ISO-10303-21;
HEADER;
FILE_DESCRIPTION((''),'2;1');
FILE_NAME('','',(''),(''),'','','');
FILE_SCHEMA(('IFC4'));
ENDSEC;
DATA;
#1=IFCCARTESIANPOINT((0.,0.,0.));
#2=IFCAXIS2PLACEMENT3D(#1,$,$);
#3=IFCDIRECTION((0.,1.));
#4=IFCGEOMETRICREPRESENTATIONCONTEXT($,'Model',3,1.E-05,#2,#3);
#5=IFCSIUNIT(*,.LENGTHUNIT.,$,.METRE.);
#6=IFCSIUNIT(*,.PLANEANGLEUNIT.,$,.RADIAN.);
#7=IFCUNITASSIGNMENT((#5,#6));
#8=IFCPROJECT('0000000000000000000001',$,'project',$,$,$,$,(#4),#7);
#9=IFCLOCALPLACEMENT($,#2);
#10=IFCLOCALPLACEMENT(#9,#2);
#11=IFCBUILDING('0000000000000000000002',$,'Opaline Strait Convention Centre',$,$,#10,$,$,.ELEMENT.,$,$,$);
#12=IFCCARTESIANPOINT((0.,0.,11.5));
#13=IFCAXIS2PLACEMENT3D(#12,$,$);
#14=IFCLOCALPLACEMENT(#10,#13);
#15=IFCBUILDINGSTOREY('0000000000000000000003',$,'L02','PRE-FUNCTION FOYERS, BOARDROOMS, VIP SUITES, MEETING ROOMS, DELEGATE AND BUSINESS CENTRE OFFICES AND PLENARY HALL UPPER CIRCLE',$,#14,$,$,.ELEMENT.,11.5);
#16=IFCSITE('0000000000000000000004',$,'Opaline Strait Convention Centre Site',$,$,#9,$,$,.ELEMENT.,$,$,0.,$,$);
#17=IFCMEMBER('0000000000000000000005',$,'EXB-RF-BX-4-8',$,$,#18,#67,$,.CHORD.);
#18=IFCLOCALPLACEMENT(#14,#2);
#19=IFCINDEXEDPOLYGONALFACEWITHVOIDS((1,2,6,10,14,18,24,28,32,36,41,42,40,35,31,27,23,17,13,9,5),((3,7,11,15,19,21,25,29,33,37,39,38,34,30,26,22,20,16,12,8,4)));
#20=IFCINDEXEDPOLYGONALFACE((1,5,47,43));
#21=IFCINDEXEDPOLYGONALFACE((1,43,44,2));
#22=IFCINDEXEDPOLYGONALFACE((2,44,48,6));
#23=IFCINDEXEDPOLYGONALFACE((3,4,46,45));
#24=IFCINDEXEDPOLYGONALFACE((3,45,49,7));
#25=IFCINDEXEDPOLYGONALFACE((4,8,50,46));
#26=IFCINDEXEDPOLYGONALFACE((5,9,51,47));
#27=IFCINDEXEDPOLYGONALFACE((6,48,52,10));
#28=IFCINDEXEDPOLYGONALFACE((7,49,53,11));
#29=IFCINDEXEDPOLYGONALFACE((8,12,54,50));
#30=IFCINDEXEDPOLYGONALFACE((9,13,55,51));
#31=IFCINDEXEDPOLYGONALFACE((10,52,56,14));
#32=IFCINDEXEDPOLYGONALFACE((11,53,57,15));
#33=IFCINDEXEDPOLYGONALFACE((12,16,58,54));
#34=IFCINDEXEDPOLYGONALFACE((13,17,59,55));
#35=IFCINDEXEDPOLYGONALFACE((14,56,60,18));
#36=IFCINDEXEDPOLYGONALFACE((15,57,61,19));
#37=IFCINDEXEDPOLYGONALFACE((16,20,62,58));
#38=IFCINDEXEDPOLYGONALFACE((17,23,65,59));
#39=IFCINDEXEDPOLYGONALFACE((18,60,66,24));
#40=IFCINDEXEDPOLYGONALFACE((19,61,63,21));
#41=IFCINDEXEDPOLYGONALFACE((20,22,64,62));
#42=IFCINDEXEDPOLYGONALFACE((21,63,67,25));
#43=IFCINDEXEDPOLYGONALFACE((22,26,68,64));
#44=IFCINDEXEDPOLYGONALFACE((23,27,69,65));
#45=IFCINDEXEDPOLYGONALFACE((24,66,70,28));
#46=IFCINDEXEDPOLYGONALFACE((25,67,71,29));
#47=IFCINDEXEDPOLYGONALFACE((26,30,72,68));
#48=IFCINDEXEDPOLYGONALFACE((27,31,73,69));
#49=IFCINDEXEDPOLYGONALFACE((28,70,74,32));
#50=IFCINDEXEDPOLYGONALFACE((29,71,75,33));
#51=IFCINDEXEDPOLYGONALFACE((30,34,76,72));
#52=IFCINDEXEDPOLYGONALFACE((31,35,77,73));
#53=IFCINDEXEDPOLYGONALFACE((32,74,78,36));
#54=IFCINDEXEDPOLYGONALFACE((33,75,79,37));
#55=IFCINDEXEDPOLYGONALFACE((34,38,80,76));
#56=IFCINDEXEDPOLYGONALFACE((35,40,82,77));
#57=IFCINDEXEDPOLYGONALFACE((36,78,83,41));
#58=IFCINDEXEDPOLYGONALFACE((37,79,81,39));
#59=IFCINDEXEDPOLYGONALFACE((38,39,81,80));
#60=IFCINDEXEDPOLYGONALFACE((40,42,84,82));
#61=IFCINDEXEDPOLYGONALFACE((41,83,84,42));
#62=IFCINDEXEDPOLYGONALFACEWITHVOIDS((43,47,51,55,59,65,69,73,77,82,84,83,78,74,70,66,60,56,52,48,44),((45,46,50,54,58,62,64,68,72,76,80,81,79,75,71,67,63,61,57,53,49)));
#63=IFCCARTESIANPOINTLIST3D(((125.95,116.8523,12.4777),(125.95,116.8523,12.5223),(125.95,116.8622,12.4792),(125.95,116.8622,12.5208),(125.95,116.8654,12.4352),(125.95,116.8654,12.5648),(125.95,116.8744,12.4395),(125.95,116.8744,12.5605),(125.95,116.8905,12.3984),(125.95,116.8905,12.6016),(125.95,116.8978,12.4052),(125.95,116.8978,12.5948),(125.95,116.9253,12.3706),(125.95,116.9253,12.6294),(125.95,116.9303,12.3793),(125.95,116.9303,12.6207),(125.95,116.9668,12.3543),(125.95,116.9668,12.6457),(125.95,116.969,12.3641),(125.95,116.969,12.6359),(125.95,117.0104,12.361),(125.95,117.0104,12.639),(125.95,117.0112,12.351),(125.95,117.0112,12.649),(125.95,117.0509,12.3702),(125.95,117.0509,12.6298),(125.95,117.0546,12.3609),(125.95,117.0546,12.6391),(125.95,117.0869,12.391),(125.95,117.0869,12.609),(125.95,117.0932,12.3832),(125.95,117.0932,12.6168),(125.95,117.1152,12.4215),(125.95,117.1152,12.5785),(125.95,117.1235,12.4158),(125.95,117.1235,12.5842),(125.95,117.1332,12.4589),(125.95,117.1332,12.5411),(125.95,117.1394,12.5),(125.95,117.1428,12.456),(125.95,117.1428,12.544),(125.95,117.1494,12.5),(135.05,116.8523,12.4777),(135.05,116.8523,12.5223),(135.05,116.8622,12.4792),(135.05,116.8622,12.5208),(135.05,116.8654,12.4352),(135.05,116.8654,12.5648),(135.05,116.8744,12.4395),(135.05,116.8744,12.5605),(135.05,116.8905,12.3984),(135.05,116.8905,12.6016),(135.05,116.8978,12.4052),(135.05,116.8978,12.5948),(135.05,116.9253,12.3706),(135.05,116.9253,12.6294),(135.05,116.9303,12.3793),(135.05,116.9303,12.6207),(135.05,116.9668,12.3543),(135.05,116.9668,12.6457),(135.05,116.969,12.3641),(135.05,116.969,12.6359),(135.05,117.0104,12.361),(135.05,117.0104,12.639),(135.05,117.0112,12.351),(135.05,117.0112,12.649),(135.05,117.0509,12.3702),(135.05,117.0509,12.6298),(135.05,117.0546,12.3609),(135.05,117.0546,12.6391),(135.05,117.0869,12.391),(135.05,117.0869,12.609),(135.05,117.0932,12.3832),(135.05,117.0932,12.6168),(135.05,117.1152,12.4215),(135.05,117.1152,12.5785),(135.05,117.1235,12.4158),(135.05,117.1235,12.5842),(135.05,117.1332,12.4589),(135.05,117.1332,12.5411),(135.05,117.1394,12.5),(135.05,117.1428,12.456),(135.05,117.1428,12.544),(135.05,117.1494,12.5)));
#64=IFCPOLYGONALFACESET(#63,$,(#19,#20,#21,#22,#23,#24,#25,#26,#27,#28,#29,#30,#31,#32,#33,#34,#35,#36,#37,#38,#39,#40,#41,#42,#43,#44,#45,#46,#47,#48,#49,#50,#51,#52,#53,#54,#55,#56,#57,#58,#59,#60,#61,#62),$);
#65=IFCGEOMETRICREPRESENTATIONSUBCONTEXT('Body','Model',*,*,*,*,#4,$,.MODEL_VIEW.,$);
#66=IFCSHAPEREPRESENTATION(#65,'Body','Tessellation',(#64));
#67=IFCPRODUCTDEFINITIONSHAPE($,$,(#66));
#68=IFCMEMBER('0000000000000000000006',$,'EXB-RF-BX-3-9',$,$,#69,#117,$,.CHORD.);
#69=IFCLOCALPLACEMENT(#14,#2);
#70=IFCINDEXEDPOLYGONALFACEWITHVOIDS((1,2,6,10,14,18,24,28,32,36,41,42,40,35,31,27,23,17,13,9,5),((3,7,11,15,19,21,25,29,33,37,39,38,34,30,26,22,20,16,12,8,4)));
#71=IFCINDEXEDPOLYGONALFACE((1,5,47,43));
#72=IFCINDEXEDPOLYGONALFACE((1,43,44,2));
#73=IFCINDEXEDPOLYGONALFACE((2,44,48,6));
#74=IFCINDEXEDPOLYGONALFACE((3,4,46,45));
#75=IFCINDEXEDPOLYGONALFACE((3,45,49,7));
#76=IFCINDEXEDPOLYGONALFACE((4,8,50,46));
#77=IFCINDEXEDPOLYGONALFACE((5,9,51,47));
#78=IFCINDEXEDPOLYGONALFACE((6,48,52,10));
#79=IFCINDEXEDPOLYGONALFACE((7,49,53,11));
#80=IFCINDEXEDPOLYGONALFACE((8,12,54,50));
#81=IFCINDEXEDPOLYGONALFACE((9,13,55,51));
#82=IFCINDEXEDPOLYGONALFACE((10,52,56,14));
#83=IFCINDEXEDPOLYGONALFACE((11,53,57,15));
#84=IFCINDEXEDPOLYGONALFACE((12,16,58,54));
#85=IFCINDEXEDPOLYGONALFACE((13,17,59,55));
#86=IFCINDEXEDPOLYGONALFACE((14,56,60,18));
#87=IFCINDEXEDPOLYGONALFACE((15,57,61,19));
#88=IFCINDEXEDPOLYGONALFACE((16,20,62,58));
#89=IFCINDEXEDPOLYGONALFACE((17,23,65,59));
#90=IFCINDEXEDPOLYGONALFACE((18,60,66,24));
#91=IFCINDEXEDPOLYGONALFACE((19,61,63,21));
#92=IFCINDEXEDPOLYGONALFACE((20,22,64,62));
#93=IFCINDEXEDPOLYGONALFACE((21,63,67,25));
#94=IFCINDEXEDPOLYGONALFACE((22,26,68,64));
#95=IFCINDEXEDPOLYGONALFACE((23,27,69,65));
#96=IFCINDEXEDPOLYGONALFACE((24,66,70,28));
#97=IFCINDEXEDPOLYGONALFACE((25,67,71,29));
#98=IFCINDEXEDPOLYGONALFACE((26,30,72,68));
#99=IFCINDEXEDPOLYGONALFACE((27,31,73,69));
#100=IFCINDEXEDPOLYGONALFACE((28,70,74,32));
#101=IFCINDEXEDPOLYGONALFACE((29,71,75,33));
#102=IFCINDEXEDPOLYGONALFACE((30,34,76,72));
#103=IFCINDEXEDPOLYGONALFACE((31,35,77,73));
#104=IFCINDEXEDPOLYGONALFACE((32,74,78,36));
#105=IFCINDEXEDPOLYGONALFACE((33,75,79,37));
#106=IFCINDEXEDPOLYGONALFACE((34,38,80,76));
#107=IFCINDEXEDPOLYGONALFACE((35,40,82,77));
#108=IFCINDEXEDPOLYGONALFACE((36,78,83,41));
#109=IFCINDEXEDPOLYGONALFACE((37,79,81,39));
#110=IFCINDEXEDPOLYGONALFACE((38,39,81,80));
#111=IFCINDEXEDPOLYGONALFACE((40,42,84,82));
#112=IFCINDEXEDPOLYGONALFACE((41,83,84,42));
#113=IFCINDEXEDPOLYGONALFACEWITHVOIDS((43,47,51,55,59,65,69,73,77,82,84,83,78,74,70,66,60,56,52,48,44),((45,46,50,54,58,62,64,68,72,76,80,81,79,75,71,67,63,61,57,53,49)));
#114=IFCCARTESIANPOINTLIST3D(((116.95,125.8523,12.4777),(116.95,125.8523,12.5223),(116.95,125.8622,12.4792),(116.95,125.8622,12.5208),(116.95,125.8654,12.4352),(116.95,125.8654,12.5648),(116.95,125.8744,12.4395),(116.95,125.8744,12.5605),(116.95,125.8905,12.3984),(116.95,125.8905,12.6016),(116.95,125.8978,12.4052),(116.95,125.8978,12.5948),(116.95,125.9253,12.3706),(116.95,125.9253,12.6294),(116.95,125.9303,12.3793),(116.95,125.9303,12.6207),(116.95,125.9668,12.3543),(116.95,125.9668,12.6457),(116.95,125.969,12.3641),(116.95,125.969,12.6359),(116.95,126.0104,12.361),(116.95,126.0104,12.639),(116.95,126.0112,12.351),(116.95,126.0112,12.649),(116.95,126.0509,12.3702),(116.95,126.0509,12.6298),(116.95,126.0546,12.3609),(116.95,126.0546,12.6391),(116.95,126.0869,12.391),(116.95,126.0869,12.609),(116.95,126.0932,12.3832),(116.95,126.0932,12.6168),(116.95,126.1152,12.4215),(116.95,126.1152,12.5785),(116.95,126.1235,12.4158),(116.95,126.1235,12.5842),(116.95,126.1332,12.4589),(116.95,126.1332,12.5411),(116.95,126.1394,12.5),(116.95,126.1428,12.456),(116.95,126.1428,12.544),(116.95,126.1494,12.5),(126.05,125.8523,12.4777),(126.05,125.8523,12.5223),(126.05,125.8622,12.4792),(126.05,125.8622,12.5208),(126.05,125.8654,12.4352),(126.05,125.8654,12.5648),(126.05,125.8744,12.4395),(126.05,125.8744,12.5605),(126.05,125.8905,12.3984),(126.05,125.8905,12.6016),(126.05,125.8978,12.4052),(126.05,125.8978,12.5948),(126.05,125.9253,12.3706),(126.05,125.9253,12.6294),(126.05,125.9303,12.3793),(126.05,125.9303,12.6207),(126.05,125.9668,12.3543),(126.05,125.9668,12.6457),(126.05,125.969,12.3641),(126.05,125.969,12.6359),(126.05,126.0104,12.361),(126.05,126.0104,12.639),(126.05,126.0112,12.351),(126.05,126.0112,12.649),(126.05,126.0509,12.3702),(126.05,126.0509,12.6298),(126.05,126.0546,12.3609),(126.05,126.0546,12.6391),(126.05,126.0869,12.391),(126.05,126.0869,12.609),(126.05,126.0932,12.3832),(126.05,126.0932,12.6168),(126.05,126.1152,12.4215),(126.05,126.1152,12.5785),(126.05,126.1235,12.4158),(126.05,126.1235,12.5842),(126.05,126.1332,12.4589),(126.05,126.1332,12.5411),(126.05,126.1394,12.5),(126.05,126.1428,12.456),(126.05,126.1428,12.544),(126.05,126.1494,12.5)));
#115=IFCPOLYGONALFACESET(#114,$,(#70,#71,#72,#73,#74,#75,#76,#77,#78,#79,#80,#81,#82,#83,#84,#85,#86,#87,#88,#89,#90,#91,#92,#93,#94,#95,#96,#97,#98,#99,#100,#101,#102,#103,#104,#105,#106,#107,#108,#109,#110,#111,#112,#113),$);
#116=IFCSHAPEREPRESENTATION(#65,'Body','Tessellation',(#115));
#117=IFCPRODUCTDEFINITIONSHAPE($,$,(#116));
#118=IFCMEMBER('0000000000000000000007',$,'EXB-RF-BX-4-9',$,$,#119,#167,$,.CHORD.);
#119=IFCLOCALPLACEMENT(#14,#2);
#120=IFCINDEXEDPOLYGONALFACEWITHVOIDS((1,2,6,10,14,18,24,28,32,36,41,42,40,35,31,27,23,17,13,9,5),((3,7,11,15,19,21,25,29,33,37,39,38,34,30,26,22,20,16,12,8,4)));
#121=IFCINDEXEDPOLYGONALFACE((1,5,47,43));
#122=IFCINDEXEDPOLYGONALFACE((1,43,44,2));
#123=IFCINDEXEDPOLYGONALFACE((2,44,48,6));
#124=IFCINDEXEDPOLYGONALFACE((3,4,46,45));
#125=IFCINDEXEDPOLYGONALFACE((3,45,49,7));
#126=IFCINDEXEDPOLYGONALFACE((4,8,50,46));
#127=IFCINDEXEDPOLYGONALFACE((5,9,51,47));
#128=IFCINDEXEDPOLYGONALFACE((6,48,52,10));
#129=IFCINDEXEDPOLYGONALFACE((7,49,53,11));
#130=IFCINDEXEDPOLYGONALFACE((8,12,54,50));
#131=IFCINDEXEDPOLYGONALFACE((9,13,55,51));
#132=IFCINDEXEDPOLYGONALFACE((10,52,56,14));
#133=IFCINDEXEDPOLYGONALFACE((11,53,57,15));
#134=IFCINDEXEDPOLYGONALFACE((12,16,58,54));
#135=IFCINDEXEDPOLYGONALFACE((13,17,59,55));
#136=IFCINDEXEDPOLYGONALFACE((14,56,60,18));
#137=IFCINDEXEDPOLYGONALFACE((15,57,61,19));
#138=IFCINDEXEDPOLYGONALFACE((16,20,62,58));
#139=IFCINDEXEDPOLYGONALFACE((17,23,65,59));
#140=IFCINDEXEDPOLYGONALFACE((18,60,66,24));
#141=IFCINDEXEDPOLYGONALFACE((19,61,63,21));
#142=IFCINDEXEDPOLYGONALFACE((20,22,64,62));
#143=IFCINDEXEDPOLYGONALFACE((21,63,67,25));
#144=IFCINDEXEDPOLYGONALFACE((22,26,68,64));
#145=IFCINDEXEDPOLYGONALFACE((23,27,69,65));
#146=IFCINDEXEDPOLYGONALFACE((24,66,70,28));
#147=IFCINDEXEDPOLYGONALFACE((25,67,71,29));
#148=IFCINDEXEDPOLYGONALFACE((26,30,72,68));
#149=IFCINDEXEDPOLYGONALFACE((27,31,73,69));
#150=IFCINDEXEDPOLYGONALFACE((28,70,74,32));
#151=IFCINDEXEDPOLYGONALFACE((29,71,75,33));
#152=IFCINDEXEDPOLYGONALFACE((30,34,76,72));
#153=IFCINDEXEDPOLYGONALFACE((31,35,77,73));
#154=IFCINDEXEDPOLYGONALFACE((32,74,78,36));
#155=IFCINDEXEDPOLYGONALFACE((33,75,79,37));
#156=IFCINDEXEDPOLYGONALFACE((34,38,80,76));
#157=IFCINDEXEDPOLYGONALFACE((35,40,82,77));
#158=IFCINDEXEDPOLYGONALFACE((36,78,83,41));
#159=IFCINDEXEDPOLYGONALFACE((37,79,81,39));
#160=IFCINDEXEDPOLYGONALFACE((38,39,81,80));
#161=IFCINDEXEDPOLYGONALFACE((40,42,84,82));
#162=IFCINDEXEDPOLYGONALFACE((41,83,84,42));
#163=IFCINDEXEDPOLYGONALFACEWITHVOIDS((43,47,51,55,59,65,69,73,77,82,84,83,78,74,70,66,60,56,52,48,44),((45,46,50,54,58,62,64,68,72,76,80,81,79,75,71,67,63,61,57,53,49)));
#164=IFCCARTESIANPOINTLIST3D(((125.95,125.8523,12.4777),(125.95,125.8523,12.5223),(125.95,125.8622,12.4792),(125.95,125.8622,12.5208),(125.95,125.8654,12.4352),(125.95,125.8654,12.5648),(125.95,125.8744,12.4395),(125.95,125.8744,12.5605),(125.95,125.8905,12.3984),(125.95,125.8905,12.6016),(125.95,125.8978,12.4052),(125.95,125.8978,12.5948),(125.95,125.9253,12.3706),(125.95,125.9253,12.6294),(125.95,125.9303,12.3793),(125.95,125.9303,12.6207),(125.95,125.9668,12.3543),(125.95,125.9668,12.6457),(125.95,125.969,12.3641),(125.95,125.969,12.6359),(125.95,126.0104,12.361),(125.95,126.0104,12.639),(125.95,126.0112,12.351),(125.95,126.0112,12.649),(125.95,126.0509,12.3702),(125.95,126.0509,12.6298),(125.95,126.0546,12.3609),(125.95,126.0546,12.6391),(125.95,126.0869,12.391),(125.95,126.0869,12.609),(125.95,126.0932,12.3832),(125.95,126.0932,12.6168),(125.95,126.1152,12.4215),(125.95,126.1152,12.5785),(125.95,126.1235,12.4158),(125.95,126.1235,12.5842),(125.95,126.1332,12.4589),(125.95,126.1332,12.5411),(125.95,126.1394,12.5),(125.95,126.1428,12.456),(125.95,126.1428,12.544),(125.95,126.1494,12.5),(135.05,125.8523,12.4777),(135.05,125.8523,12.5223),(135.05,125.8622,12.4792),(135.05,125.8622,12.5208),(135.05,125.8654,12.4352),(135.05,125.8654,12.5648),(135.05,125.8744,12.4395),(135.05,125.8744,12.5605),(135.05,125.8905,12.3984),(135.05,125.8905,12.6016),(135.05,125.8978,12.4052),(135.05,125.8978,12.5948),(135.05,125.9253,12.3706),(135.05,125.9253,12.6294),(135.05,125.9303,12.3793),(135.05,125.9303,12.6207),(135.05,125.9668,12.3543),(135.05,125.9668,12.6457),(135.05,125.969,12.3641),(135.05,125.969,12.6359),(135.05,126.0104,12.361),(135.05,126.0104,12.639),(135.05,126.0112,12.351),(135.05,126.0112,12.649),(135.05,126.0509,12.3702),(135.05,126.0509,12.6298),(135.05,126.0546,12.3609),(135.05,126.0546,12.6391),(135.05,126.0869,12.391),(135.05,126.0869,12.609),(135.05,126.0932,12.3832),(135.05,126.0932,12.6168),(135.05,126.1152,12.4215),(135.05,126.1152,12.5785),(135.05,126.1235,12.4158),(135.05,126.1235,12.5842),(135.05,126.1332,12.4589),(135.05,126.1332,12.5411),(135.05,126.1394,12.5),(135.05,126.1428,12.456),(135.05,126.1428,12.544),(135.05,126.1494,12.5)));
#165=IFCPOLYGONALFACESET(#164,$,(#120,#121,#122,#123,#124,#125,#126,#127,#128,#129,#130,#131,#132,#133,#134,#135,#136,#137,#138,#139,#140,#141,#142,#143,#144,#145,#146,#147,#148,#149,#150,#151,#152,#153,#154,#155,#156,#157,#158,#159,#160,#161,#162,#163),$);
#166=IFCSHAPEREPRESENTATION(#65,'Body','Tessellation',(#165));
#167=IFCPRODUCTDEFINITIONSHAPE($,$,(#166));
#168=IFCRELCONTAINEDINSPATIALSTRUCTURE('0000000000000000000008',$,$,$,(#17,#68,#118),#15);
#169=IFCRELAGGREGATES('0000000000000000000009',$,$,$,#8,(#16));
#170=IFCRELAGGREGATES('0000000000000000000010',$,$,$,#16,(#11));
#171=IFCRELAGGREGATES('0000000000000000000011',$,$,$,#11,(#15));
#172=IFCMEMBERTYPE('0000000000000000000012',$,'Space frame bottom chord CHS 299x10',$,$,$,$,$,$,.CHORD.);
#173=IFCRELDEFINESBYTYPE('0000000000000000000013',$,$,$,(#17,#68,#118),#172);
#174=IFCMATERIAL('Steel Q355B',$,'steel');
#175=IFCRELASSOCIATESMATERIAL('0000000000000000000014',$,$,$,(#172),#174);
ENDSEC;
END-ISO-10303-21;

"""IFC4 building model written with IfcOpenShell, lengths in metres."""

from ifc_helpers import new_model, si_unit, direction, frame, origin, origin_2d, place, context, subcontext, project, spatial, hollow_circle, extrude, material, material_profile, profile_set, type_object, element, save


model = new_model("IFC4")

# Units and contexts
model_context = context("Model", 3, precision=1e-05, world=origin(), true_north=direction((0.0, 1.0)))
body_context = subcontext(model_context, "Body", "Model", "MODEL_VIEW")
ifc_project = project(units=[si_unit("LENGTHUNIT", "METRE"), si_unit("PLANEANGLEUNIT", "RADIAN")], contexts=[model_context])

# Site, building, storey
site_placement = place(None, origin())
site = spatial("IfcSite", under=ifc_project, at=site_placement, Name="Opaline Strait Convention Centre Site", CompositionType="ELEMENT", RefElevation=0.0)
building_placement = place(site_placement, origin())
building = spatial("IfcBuilding", under=site, at=building_placement, Name="Opaline Strait Convention Centre", CompositionType="ELEMENT")
storey_placement = place(building_placement, frame((0.0, 0.0, 11.5)))
storey = spatial("IfcBuildingStorey", under=building, at=storey_placement, Name="L02", Description="PRE-FUNCTION FOYERS, BOARDROOMS, VIP SUITES, MEETING ROOMS, DELEGATE AND BUSINESS CENTRE OFFICES AND PLENARY HALL UPPER CIRCLE", CompositionType="ELEMENT", Elevation=11.5)

# Members
ifc_material = material(Name="Steel Q355B", Category="steel")
ifc_material_profile_1 = material_profile(ifc_material, hollow_circle(Radius=0.1494, WallThickness=0.01, at=origin_2d()), Name="CHS 299x10")
ifc_profile_set_1 = profile_set([ifc_material_profile_1], Name="Steel Q355B")
member_type_1 = type_object("IfcMemberType", Name="Space frame bottom chord CHS 299x10", PredefinedType="CHORD", material=ifc_profile_set_1)
for number, where, z_axis, x_axis, name in (
    (1, (125.95, 117.0, 12.5), (1.0, 0.0, 0.0), (0.0, 1.0, 0.0), "EXB-RF-BX-4-8"),
    (2, (116.95, 126.0, 12.5), (1.0, 0.0, 0.0), (0.0, 1.0, 0.0), "EXB-RF-BX-3-9"),
    (3, (125.95, 126.0, 12.5), (1.0, 0.0, 0.0), (0.0, 1.0, 0.0), "EXB-RF-BX-4-9"),
):
    element("IfcMember", number, at=place(storey_placement, frame(where, z_axis=z_axis, x_axis=x_axis)), inside=storey, type_object=member_type_1, Name=name, PredefinedType="CHORD", context=body_context, shape_type="SweptSolid", body=[
        extrude(hollow_circle(Radius=0.1494, WallThickness=0.01, at=origin_2d()), origin(), (0.0, 0.0, 1.0), 9.1001),
    ])

save(model, "model.ifc")
